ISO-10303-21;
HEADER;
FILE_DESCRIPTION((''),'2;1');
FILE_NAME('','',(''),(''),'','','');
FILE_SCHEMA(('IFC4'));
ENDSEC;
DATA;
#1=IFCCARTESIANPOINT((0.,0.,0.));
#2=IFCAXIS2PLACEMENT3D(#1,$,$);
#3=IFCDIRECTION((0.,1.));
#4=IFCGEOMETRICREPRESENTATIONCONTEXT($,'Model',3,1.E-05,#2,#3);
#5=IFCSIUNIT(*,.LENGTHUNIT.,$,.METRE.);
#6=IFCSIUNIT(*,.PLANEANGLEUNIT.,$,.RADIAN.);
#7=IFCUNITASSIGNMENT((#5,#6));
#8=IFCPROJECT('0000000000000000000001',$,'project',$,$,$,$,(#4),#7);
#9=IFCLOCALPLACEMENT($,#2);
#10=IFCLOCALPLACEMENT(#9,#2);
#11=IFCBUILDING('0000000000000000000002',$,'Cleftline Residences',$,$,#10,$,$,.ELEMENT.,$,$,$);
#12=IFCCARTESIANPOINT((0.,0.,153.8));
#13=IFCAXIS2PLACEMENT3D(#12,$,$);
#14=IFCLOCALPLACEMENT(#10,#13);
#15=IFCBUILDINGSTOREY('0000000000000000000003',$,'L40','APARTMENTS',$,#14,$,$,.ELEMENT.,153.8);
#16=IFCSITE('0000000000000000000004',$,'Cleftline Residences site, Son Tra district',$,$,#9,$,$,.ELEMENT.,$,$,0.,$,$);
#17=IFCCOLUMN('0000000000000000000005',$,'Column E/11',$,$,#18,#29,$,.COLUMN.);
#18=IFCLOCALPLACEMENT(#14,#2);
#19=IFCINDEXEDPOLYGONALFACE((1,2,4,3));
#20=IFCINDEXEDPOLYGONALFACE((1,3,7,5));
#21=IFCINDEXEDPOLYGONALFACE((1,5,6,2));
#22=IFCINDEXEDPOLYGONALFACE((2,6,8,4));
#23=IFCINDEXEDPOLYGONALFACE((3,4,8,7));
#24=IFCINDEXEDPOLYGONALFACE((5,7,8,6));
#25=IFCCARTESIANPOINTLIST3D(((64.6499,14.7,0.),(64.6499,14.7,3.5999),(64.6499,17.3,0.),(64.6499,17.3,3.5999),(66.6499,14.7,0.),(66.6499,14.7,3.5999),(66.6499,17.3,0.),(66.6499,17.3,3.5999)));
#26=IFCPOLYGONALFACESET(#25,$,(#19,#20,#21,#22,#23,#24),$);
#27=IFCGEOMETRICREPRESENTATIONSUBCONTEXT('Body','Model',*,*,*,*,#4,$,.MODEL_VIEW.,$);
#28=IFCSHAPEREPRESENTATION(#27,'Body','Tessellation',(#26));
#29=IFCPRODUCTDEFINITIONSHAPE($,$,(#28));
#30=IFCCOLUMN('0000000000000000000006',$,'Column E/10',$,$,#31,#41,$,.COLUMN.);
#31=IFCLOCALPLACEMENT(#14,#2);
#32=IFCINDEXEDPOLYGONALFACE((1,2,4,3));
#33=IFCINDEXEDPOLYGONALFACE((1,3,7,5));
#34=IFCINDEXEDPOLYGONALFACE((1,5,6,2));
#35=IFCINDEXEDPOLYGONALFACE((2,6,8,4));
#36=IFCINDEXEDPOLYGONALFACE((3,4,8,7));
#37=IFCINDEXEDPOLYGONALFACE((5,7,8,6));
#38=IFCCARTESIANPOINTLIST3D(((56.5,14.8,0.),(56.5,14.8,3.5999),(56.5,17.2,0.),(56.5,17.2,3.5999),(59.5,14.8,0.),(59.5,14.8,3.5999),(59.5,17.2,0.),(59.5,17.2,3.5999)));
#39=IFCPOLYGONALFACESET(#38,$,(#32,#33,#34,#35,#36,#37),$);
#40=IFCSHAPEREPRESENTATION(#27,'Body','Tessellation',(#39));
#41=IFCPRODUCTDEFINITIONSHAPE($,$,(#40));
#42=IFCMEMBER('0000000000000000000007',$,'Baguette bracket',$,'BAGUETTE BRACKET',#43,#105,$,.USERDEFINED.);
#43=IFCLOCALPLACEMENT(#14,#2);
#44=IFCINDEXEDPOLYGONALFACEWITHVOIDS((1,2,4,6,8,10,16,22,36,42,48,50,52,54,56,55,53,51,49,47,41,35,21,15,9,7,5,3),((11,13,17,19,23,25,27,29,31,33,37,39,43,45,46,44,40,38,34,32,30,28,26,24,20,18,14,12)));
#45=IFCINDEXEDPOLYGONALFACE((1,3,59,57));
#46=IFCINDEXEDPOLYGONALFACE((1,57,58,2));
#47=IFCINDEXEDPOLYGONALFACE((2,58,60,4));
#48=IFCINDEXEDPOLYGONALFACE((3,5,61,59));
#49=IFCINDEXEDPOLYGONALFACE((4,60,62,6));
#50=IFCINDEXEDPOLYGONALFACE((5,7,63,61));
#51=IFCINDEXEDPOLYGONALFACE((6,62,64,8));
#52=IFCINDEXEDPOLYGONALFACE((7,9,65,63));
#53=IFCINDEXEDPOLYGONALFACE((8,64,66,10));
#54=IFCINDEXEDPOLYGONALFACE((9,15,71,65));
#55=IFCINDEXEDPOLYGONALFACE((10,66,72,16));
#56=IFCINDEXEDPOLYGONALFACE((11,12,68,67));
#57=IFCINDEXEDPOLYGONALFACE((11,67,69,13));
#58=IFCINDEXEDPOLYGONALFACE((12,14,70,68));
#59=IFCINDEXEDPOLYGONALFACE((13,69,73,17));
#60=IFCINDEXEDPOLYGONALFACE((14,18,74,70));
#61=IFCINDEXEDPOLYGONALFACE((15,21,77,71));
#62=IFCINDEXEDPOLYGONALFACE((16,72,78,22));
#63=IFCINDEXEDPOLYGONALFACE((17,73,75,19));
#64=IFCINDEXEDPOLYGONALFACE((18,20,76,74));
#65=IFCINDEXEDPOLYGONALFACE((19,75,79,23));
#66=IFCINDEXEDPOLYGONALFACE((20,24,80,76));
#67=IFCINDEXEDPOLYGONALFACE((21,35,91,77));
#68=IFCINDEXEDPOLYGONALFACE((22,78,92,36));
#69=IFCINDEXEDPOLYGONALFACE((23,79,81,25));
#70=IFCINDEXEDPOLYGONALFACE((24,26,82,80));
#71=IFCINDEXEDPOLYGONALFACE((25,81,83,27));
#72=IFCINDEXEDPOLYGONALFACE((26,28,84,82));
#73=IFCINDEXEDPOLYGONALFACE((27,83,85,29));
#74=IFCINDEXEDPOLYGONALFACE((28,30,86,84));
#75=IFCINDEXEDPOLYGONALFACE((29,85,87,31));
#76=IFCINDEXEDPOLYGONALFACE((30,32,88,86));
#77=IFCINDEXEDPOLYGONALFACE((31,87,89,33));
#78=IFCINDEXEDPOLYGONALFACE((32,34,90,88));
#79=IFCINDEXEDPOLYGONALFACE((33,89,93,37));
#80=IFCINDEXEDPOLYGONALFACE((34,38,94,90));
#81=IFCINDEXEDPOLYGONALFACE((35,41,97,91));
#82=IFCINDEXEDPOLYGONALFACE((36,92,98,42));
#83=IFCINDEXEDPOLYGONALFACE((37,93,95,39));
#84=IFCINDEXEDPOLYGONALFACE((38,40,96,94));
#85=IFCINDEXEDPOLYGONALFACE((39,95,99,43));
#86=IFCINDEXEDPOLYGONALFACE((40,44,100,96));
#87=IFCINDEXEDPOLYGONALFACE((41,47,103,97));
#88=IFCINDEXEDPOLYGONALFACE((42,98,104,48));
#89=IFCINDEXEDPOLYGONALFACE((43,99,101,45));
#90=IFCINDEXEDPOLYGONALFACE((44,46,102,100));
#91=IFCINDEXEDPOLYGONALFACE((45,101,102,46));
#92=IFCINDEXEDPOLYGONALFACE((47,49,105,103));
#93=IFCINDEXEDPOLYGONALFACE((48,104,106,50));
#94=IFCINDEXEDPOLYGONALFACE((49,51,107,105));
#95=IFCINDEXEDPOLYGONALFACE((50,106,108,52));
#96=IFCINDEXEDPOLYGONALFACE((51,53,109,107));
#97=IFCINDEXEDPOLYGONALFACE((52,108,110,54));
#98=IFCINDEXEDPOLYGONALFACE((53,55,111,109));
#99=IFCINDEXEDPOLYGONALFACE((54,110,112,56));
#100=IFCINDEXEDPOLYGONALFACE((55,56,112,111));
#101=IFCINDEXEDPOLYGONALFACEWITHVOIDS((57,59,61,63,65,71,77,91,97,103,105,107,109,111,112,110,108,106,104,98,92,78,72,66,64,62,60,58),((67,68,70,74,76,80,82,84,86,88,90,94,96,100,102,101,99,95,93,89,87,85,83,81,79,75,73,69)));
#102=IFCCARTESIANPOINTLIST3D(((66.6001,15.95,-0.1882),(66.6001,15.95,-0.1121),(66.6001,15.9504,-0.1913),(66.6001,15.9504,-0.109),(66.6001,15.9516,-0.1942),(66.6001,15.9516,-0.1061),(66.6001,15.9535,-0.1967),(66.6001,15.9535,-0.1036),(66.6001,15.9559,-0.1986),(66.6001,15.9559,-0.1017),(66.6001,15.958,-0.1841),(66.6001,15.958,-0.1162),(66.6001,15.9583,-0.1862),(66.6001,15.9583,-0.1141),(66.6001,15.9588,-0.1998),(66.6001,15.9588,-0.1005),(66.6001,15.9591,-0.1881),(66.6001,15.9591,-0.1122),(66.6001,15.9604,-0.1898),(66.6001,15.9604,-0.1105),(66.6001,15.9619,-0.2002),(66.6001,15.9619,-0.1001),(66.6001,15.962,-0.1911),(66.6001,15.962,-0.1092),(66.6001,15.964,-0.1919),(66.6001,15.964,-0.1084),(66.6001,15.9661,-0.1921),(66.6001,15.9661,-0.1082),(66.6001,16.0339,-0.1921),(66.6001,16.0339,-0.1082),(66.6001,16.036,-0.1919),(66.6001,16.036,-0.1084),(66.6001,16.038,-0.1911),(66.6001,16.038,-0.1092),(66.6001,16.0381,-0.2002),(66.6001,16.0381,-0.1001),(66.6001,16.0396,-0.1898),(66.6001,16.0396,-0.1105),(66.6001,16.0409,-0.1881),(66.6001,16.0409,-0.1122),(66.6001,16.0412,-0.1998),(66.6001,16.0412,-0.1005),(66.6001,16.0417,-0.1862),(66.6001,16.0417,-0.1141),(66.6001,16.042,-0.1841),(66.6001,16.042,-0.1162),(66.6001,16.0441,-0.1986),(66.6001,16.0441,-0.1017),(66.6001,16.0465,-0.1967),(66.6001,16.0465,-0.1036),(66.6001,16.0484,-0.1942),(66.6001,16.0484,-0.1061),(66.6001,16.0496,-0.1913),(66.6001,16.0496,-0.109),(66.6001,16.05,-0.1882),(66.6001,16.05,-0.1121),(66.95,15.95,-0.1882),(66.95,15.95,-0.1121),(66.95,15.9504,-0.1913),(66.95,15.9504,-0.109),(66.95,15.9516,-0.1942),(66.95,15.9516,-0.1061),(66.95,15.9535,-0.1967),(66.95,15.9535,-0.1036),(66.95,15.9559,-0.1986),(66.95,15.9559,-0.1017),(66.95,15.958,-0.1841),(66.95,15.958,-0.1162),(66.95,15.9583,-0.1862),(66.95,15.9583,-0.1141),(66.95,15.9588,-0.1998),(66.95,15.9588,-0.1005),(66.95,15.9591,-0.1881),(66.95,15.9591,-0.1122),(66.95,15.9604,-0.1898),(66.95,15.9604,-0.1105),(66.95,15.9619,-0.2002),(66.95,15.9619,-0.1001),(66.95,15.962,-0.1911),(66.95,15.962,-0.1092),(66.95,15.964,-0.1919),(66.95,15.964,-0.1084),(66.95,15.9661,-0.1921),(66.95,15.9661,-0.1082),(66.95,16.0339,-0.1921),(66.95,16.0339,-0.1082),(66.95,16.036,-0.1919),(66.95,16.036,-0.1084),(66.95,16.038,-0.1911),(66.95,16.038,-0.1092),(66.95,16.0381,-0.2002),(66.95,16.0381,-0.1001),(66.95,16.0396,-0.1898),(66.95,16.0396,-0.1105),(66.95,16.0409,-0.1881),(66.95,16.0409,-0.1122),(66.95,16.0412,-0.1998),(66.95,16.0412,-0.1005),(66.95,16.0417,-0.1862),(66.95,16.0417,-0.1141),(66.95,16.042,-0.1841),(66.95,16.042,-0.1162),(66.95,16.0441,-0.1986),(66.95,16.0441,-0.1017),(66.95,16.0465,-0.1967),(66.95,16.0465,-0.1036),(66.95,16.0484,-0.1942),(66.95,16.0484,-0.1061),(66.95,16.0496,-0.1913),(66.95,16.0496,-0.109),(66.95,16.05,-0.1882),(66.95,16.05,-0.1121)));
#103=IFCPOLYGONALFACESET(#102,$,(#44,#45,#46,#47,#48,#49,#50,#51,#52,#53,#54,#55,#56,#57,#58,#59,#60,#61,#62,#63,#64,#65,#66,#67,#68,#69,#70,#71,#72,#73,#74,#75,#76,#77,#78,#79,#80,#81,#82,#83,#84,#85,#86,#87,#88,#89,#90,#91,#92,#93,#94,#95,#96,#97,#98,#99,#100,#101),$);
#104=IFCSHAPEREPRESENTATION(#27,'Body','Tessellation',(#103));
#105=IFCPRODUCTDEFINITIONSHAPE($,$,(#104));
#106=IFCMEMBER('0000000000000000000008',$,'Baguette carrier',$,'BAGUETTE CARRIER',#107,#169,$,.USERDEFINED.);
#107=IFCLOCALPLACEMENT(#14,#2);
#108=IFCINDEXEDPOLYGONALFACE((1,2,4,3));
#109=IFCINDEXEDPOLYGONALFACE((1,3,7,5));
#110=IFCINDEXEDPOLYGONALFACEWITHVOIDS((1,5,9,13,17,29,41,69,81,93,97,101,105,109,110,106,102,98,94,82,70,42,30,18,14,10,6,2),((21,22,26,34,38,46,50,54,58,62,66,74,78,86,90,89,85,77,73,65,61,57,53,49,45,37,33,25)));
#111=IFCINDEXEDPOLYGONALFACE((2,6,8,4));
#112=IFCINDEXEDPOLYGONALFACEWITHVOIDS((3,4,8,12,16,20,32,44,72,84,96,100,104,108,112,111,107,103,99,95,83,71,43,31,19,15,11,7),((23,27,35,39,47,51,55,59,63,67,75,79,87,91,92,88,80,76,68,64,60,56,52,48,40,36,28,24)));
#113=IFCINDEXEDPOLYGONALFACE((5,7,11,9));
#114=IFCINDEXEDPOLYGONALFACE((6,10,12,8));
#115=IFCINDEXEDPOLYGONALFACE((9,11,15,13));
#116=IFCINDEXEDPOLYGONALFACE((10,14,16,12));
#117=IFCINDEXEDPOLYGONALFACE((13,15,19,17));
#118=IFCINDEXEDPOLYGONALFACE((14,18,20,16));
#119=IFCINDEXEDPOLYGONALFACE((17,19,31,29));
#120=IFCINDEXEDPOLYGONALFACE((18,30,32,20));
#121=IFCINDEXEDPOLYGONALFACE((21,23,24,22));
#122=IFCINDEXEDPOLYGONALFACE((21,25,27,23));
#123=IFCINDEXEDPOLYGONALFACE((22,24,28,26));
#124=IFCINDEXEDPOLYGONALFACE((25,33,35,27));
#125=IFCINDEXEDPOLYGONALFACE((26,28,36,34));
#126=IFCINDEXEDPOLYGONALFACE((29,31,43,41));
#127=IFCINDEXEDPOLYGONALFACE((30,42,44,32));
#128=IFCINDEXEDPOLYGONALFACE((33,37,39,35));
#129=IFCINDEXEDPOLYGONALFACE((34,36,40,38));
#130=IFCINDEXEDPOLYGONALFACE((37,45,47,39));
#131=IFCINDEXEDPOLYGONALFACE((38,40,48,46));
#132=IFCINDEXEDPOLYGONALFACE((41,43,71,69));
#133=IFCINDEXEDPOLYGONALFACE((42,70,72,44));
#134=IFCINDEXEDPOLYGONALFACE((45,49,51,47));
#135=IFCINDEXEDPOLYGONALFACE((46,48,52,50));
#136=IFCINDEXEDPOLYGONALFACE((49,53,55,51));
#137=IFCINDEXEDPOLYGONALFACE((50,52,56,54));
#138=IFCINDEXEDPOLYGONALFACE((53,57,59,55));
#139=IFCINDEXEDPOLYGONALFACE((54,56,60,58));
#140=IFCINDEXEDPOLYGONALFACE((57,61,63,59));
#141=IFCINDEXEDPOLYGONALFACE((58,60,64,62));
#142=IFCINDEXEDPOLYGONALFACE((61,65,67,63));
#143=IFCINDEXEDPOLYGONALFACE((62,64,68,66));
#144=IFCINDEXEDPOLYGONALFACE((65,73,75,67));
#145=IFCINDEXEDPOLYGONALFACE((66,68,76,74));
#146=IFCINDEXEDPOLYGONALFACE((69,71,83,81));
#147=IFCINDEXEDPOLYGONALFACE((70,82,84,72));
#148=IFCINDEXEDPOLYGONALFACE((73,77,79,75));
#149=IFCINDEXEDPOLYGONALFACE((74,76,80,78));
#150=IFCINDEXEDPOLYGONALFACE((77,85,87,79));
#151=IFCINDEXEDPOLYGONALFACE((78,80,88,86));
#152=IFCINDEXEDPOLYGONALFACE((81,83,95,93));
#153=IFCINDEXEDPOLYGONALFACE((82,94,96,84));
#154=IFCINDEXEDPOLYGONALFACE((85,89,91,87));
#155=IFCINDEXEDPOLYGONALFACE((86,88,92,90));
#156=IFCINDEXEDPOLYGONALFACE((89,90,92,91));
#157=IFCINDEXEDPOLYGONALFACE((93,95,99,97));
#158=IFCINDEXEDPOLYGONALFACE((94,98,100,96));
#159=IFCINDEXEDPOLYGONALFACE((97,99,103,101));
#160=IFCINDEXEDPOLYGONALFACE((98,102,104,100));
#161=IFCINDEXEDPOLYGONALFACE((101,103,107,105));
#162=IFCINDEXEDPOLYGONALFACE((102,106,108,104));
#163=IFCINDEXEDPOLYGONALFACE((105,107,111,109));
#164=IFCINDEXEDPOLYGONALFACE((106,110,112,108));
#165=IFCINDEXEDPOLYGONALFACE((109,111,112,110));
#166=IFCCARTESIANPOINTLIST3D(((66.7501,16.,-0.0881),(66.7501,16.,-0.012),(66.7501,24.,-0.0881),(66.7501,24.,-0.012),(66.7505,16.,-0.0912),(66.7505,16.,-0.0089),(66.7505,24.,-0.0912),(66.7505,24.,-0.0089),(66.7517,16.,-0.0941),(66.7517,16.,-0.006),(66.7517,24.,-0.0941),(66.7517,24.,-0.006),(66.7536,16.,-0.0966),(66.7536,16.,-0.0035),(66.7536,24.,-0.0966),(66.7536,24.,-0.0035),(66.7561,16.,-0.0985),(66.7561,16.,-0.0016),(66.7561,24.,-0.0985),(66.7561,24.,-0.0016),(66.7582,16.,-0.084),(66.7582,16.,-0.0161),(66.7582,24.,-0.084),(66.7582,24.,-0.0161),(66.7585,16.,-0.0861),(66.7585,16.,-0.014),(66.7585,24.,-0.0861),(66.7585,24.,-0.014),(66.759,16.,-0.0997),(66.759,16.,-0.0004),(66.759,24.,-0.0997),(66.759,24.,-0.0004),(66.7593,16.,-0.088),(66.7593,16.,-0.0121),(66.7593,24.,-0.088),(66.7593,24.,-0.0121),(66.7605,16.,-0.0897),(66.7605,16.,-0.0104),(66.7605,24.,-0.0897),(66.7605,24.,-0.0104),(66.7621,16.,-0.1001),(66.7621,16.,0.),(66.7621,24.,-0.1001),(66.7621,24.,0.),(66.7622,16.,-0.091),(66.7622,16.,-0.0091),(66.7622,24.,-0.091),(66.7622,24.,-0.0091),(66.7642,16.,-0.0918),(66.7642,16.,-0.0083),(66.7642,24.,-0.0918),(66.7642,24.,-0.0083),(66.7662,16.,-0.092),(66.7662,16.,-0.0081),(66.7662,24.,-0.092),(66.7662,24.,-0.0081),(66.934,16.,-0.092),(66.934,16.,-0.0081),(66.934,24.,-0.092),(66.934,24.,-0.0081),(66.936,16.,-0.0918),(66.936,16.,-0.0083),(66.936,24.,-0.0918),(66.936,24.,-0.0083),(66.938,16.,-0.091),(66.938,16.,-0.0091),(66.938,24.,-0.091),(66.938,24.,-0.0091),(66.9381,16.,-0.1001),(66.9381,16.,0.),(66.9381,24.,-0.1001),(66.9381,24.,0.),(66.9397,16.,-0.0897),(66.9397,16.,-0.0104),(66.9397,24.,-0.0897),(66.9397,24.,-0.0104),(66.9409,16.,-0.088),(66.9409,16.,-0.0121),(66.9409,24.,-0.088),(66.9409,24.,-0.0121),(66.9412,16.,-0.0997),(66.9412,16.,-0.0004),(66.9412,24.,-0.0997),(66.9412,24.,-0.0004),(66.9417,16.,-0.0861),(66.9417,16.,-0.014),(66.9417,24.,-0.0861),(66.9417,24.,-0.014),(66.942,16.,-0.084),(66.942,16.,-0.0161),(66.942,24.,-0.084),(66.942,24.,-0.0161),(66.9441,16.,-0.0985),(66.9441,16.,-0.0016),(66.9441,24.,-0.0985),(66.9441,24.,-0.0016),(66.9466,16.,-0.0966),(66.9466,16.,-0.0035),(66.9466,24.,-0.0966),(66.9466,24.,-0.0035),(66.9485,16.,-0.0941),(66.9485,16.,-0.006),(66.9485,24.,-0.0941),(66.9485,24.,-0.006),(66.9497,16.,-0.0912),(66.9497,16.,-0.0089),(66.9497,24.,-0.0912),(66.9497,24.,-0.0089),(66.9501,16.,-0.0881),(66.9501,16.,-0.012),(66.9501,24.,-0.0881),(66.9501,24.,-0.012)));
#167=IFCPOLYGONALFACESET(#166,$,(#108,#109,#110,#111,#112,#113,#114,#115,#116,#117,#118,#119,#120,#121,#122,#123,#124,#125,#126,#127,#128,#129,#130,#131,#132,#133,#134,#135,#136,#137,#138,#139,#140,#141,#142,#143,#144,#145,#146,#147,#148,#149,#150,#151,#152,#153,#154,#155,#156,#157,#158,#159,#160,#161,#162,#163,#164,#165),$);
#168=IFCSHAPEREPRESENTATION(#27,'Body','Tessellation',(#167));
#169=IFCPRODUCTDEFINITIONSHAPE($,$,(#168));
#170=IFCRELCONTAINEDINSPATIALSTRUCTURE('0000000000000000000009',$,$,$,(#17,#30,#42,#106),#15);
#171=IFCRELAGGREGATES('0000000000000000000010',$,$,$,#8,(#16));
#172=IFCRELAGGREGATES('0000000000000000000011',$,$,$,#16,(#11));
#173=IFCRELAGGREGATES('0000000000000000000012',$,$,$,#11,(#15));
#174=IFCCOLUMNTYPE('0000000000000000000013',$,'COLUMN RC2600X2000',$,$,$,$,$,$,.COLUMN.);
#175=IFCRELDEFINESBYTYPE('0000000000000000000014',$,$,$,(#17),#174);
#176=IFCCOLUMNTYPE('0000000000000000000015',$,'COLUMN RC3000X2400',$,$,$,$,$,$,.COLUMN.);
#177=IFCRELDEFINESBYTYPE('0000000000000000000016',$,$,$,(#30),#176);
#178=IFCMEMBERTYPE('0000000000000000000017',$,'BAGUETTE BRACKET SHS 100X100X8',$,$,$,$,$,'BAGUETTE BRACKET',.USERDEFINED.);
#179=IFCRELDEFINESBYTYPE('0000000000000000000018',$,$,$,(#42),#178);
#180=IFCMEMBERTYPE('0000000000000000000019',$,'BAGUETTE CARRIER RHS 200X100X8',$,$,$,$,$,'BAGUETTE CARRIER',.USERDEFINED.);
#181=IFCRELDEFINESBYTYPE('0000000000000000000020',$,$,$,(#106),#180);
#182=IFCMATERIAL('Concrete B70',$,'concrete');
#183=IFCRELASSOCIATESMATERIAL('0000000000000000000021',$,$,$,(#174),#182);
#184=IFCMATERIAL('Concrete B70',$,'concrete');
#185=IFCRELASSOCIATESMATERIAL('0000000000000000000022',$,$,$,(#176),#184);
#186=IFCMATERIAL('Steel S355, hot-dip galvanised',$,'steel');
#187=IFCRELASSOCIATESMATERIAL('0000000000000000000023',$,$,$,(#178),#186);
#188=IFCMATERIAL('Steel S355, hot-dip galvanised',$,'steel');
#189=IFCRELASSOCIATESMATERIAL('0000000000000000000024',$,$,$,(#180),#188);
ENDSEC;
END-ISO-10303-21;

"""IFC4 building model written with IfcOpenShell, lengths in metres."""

from ifc_helpers import new_model, si_unit, direction, frame, origin, origin_2d, place, context, subcontext, project, spatial, rectangle, hollow_rectangle, extrude, material, material_profile, profile_set, type_object, element, save


model = new_model("IFC4")

# Units and contexts
model_context = context("Model", 3, precision=1e-05, world=origin(), true_north=direction((0.0, 1.0)))
body_context = subcontext(model_context, "Body", "Model", "MODEL_VIEW")
ifc_project = project(units=[si_unit("LENGTHUNIT", "METRE"), si_unit("PLANEANGLEUNIT", "RADIAN")], contexts=[model_context])

# Site, building, storey
site_placement = place(None, origin())
site = spatial("IfcSite", under=ifc_project, at=site_placement, Name="Cleftline Residences site, Son Tra district", CompositionType="ELEMENT", RefElevation=0.0)
building_placement = place(site_placement, origin())
building = spatial("IfcBuilding", under=site, at=building_placement, Name="Cleftline Residences", CompositionType="ELEMENT")
storey_placement = place(building_placement, frame((0.0, 0.0, 153.8)))
storey = spatial("IfcBuildingStorey", under=building, at=storey_placement, Name="L40", Description="APARTMENTS", CompositionType="ELEMENT", Elevation=153.8)

# Columns
ifc_material_1 = material(Name="Concrete B70", Category="concrete")
ifc_material_profile_1 = material_profile(ifc_material_1, rectangle(XDim=2.6001, YDim=2.0, at=origin_2d()))
ifc_profile_set_1 = profile_set([ifc_material_profile_1], Name="Concrete B70")
column_type_1 = type_object("IfcColumnType", Name="COLUMN RC2600X2000", PredefinedType="COLUMN", material=ifc_profile_set_1)
column_1_placement = place(storey_placement, frame((65.6499, 16.0, 0.0), z_axis=(0.0, 0.0, 1.0), x_axis=(0.0, 1.0, 0.0)))
element("IfcColumn", 1, at=column_1_placement, inside=storey, type_object=column_type_1, Name="Column E/11", PredefinedType="COLUMN", context=body_context, shape_type="SweptSolid", body=[
    extrude(rectangle(XDim=2.6001, YDim=2.0, at=origin_2d()), origin(), (0.0, 0.0, 1.0), 3.5999),
])
ifc_material_2 = material(Name="Concrete B70", Category="concrete")
ifc_material_profile_2 = material_profile(ifc_material_2, rectangle(XDim=3.0, YDim=2.3999, at=origin_2d()))
ifc_profile_set_2 = profile_set([ifc_material_profile_2], Name="Concrete B70")
column_type_2 = type_object("IfcColumnType", Name="COLUMN RC3000X2400", PredefinedType="COLUMN", material=ifc_profile_set_2)
column_2_placement = place(storey_placement, frame((58.0, 16.0, 0.0), z_axis=(0.0, 0.0, 1.0), x_axis=(1.0, 0.0, 0.0)))
element("IfcColumn", 2, at=column_2_placement, inside=storey, type_object=column_type_2, Name="Column E/10", PredefinedType="COLUMN", context=body_context, shape_type="SweptSolid", body=[
    extrude(rectangle(XDim=3.0, YDim=2.3999, at=origin_2d()), origin(), (0.0, 0.0, 1.0), 3.5999),
])

# Members
ifc_material_3 = material(Name="Steel S355, hot-dip galvanised", Category="steel")
ifc_material_profile_3 = material_profile(ifc_material_3, hollow_rectangle(XDim=0.1001, YDim=0.1001, WallThickness=0.0081, InnerFilletRadius=0.0081, OuterFilletRadius=0.012, at=origin_2d()))
ifc_profile_set_3 = profile_set([ifc_material_profile_3], Name="Steel S355, hot-dip galvanised")
member_type_1 = type_object("IfcMemberType", Name="BAGUETTE BRACKET SHS 100X100X8", ElementType="BAGUETTE BRACKET", PredefinedType="USERDEFINED", material=ifc_profile_set_3)
member_1_placement = place(storey_placement, frame((66.6001, 16.0, -0.1501), z_axis=(1.0, 0.0, 0.0), x_axis=(0.0, 1.0, 0.0)))
element("IfcMember", 3, at=member_1_placement, inside=storey, type_object=member_type_1, Name="Baguette bracket", ObjectType="BAGUETTE BRACKET", PredefinedType="USERDEFINED", context=body_context, shape_type="SweptSolid", body=[
    extrude(hollow_rectangle(XDim=0.1001, YDim=0.1001, WallThickness=0.0081, InnerFilletRadius=0.0081, OuterFilletRadius=0.012, at=origin_2d()), origin(), (0.0, 0.0, 1.0), 0.3499),
])
ifc_material_4 = material(Name="Steel S355, hot-dip galvanised", Category="steel")
ifc_material_profile_4 = material_profile(ifc_material_4, hollow_rectangle(XDim=0.1001, YDim=0.2, WallThickness=0.0081, InnerFilletRadius=0.0081, OuterFilletRadius=0.012, at=origin_2d()))
ifc_profile_set_4 = profile_set([ifc_material_profile_4], Name="Steel S355, hot-dip galvanised")
member_type_2 = type_object("IfcMemberType", Name="BAGUETTE CARRIER RHS 200X100X8", ElementType="BAGUETTE CARRIER", PredefinedType="USERDEFINED", material=ifc_profile_set_4)
member_2_placement = place(storey_placement, frame((66.8501, 16.0, -0.05), z_axis=(0.0, 1.0, 0.0), x_axis=(0.0, 0.0, 1.0)))
element("IfcMember", 4, at=member_2_placement, inside=storey, type_object=member_type_2, Name="Baguette carrier", ObjectType="BAGUETTE CARRIER", PredefinedType="USERDEFINED", context=body_context, shape_type="SweptSolid", body=[
    extrude(hollow_rectangle(XDim=0.1001, YDim=0.2, WallThickness=0.0081, InnerFilletRadius=0.0081, OuterFilletRadius=0.012, at=origin_2d()), origin(), (0.0, 0.0, 1.0), 8.0),
])

save(model, "model.ifc")
